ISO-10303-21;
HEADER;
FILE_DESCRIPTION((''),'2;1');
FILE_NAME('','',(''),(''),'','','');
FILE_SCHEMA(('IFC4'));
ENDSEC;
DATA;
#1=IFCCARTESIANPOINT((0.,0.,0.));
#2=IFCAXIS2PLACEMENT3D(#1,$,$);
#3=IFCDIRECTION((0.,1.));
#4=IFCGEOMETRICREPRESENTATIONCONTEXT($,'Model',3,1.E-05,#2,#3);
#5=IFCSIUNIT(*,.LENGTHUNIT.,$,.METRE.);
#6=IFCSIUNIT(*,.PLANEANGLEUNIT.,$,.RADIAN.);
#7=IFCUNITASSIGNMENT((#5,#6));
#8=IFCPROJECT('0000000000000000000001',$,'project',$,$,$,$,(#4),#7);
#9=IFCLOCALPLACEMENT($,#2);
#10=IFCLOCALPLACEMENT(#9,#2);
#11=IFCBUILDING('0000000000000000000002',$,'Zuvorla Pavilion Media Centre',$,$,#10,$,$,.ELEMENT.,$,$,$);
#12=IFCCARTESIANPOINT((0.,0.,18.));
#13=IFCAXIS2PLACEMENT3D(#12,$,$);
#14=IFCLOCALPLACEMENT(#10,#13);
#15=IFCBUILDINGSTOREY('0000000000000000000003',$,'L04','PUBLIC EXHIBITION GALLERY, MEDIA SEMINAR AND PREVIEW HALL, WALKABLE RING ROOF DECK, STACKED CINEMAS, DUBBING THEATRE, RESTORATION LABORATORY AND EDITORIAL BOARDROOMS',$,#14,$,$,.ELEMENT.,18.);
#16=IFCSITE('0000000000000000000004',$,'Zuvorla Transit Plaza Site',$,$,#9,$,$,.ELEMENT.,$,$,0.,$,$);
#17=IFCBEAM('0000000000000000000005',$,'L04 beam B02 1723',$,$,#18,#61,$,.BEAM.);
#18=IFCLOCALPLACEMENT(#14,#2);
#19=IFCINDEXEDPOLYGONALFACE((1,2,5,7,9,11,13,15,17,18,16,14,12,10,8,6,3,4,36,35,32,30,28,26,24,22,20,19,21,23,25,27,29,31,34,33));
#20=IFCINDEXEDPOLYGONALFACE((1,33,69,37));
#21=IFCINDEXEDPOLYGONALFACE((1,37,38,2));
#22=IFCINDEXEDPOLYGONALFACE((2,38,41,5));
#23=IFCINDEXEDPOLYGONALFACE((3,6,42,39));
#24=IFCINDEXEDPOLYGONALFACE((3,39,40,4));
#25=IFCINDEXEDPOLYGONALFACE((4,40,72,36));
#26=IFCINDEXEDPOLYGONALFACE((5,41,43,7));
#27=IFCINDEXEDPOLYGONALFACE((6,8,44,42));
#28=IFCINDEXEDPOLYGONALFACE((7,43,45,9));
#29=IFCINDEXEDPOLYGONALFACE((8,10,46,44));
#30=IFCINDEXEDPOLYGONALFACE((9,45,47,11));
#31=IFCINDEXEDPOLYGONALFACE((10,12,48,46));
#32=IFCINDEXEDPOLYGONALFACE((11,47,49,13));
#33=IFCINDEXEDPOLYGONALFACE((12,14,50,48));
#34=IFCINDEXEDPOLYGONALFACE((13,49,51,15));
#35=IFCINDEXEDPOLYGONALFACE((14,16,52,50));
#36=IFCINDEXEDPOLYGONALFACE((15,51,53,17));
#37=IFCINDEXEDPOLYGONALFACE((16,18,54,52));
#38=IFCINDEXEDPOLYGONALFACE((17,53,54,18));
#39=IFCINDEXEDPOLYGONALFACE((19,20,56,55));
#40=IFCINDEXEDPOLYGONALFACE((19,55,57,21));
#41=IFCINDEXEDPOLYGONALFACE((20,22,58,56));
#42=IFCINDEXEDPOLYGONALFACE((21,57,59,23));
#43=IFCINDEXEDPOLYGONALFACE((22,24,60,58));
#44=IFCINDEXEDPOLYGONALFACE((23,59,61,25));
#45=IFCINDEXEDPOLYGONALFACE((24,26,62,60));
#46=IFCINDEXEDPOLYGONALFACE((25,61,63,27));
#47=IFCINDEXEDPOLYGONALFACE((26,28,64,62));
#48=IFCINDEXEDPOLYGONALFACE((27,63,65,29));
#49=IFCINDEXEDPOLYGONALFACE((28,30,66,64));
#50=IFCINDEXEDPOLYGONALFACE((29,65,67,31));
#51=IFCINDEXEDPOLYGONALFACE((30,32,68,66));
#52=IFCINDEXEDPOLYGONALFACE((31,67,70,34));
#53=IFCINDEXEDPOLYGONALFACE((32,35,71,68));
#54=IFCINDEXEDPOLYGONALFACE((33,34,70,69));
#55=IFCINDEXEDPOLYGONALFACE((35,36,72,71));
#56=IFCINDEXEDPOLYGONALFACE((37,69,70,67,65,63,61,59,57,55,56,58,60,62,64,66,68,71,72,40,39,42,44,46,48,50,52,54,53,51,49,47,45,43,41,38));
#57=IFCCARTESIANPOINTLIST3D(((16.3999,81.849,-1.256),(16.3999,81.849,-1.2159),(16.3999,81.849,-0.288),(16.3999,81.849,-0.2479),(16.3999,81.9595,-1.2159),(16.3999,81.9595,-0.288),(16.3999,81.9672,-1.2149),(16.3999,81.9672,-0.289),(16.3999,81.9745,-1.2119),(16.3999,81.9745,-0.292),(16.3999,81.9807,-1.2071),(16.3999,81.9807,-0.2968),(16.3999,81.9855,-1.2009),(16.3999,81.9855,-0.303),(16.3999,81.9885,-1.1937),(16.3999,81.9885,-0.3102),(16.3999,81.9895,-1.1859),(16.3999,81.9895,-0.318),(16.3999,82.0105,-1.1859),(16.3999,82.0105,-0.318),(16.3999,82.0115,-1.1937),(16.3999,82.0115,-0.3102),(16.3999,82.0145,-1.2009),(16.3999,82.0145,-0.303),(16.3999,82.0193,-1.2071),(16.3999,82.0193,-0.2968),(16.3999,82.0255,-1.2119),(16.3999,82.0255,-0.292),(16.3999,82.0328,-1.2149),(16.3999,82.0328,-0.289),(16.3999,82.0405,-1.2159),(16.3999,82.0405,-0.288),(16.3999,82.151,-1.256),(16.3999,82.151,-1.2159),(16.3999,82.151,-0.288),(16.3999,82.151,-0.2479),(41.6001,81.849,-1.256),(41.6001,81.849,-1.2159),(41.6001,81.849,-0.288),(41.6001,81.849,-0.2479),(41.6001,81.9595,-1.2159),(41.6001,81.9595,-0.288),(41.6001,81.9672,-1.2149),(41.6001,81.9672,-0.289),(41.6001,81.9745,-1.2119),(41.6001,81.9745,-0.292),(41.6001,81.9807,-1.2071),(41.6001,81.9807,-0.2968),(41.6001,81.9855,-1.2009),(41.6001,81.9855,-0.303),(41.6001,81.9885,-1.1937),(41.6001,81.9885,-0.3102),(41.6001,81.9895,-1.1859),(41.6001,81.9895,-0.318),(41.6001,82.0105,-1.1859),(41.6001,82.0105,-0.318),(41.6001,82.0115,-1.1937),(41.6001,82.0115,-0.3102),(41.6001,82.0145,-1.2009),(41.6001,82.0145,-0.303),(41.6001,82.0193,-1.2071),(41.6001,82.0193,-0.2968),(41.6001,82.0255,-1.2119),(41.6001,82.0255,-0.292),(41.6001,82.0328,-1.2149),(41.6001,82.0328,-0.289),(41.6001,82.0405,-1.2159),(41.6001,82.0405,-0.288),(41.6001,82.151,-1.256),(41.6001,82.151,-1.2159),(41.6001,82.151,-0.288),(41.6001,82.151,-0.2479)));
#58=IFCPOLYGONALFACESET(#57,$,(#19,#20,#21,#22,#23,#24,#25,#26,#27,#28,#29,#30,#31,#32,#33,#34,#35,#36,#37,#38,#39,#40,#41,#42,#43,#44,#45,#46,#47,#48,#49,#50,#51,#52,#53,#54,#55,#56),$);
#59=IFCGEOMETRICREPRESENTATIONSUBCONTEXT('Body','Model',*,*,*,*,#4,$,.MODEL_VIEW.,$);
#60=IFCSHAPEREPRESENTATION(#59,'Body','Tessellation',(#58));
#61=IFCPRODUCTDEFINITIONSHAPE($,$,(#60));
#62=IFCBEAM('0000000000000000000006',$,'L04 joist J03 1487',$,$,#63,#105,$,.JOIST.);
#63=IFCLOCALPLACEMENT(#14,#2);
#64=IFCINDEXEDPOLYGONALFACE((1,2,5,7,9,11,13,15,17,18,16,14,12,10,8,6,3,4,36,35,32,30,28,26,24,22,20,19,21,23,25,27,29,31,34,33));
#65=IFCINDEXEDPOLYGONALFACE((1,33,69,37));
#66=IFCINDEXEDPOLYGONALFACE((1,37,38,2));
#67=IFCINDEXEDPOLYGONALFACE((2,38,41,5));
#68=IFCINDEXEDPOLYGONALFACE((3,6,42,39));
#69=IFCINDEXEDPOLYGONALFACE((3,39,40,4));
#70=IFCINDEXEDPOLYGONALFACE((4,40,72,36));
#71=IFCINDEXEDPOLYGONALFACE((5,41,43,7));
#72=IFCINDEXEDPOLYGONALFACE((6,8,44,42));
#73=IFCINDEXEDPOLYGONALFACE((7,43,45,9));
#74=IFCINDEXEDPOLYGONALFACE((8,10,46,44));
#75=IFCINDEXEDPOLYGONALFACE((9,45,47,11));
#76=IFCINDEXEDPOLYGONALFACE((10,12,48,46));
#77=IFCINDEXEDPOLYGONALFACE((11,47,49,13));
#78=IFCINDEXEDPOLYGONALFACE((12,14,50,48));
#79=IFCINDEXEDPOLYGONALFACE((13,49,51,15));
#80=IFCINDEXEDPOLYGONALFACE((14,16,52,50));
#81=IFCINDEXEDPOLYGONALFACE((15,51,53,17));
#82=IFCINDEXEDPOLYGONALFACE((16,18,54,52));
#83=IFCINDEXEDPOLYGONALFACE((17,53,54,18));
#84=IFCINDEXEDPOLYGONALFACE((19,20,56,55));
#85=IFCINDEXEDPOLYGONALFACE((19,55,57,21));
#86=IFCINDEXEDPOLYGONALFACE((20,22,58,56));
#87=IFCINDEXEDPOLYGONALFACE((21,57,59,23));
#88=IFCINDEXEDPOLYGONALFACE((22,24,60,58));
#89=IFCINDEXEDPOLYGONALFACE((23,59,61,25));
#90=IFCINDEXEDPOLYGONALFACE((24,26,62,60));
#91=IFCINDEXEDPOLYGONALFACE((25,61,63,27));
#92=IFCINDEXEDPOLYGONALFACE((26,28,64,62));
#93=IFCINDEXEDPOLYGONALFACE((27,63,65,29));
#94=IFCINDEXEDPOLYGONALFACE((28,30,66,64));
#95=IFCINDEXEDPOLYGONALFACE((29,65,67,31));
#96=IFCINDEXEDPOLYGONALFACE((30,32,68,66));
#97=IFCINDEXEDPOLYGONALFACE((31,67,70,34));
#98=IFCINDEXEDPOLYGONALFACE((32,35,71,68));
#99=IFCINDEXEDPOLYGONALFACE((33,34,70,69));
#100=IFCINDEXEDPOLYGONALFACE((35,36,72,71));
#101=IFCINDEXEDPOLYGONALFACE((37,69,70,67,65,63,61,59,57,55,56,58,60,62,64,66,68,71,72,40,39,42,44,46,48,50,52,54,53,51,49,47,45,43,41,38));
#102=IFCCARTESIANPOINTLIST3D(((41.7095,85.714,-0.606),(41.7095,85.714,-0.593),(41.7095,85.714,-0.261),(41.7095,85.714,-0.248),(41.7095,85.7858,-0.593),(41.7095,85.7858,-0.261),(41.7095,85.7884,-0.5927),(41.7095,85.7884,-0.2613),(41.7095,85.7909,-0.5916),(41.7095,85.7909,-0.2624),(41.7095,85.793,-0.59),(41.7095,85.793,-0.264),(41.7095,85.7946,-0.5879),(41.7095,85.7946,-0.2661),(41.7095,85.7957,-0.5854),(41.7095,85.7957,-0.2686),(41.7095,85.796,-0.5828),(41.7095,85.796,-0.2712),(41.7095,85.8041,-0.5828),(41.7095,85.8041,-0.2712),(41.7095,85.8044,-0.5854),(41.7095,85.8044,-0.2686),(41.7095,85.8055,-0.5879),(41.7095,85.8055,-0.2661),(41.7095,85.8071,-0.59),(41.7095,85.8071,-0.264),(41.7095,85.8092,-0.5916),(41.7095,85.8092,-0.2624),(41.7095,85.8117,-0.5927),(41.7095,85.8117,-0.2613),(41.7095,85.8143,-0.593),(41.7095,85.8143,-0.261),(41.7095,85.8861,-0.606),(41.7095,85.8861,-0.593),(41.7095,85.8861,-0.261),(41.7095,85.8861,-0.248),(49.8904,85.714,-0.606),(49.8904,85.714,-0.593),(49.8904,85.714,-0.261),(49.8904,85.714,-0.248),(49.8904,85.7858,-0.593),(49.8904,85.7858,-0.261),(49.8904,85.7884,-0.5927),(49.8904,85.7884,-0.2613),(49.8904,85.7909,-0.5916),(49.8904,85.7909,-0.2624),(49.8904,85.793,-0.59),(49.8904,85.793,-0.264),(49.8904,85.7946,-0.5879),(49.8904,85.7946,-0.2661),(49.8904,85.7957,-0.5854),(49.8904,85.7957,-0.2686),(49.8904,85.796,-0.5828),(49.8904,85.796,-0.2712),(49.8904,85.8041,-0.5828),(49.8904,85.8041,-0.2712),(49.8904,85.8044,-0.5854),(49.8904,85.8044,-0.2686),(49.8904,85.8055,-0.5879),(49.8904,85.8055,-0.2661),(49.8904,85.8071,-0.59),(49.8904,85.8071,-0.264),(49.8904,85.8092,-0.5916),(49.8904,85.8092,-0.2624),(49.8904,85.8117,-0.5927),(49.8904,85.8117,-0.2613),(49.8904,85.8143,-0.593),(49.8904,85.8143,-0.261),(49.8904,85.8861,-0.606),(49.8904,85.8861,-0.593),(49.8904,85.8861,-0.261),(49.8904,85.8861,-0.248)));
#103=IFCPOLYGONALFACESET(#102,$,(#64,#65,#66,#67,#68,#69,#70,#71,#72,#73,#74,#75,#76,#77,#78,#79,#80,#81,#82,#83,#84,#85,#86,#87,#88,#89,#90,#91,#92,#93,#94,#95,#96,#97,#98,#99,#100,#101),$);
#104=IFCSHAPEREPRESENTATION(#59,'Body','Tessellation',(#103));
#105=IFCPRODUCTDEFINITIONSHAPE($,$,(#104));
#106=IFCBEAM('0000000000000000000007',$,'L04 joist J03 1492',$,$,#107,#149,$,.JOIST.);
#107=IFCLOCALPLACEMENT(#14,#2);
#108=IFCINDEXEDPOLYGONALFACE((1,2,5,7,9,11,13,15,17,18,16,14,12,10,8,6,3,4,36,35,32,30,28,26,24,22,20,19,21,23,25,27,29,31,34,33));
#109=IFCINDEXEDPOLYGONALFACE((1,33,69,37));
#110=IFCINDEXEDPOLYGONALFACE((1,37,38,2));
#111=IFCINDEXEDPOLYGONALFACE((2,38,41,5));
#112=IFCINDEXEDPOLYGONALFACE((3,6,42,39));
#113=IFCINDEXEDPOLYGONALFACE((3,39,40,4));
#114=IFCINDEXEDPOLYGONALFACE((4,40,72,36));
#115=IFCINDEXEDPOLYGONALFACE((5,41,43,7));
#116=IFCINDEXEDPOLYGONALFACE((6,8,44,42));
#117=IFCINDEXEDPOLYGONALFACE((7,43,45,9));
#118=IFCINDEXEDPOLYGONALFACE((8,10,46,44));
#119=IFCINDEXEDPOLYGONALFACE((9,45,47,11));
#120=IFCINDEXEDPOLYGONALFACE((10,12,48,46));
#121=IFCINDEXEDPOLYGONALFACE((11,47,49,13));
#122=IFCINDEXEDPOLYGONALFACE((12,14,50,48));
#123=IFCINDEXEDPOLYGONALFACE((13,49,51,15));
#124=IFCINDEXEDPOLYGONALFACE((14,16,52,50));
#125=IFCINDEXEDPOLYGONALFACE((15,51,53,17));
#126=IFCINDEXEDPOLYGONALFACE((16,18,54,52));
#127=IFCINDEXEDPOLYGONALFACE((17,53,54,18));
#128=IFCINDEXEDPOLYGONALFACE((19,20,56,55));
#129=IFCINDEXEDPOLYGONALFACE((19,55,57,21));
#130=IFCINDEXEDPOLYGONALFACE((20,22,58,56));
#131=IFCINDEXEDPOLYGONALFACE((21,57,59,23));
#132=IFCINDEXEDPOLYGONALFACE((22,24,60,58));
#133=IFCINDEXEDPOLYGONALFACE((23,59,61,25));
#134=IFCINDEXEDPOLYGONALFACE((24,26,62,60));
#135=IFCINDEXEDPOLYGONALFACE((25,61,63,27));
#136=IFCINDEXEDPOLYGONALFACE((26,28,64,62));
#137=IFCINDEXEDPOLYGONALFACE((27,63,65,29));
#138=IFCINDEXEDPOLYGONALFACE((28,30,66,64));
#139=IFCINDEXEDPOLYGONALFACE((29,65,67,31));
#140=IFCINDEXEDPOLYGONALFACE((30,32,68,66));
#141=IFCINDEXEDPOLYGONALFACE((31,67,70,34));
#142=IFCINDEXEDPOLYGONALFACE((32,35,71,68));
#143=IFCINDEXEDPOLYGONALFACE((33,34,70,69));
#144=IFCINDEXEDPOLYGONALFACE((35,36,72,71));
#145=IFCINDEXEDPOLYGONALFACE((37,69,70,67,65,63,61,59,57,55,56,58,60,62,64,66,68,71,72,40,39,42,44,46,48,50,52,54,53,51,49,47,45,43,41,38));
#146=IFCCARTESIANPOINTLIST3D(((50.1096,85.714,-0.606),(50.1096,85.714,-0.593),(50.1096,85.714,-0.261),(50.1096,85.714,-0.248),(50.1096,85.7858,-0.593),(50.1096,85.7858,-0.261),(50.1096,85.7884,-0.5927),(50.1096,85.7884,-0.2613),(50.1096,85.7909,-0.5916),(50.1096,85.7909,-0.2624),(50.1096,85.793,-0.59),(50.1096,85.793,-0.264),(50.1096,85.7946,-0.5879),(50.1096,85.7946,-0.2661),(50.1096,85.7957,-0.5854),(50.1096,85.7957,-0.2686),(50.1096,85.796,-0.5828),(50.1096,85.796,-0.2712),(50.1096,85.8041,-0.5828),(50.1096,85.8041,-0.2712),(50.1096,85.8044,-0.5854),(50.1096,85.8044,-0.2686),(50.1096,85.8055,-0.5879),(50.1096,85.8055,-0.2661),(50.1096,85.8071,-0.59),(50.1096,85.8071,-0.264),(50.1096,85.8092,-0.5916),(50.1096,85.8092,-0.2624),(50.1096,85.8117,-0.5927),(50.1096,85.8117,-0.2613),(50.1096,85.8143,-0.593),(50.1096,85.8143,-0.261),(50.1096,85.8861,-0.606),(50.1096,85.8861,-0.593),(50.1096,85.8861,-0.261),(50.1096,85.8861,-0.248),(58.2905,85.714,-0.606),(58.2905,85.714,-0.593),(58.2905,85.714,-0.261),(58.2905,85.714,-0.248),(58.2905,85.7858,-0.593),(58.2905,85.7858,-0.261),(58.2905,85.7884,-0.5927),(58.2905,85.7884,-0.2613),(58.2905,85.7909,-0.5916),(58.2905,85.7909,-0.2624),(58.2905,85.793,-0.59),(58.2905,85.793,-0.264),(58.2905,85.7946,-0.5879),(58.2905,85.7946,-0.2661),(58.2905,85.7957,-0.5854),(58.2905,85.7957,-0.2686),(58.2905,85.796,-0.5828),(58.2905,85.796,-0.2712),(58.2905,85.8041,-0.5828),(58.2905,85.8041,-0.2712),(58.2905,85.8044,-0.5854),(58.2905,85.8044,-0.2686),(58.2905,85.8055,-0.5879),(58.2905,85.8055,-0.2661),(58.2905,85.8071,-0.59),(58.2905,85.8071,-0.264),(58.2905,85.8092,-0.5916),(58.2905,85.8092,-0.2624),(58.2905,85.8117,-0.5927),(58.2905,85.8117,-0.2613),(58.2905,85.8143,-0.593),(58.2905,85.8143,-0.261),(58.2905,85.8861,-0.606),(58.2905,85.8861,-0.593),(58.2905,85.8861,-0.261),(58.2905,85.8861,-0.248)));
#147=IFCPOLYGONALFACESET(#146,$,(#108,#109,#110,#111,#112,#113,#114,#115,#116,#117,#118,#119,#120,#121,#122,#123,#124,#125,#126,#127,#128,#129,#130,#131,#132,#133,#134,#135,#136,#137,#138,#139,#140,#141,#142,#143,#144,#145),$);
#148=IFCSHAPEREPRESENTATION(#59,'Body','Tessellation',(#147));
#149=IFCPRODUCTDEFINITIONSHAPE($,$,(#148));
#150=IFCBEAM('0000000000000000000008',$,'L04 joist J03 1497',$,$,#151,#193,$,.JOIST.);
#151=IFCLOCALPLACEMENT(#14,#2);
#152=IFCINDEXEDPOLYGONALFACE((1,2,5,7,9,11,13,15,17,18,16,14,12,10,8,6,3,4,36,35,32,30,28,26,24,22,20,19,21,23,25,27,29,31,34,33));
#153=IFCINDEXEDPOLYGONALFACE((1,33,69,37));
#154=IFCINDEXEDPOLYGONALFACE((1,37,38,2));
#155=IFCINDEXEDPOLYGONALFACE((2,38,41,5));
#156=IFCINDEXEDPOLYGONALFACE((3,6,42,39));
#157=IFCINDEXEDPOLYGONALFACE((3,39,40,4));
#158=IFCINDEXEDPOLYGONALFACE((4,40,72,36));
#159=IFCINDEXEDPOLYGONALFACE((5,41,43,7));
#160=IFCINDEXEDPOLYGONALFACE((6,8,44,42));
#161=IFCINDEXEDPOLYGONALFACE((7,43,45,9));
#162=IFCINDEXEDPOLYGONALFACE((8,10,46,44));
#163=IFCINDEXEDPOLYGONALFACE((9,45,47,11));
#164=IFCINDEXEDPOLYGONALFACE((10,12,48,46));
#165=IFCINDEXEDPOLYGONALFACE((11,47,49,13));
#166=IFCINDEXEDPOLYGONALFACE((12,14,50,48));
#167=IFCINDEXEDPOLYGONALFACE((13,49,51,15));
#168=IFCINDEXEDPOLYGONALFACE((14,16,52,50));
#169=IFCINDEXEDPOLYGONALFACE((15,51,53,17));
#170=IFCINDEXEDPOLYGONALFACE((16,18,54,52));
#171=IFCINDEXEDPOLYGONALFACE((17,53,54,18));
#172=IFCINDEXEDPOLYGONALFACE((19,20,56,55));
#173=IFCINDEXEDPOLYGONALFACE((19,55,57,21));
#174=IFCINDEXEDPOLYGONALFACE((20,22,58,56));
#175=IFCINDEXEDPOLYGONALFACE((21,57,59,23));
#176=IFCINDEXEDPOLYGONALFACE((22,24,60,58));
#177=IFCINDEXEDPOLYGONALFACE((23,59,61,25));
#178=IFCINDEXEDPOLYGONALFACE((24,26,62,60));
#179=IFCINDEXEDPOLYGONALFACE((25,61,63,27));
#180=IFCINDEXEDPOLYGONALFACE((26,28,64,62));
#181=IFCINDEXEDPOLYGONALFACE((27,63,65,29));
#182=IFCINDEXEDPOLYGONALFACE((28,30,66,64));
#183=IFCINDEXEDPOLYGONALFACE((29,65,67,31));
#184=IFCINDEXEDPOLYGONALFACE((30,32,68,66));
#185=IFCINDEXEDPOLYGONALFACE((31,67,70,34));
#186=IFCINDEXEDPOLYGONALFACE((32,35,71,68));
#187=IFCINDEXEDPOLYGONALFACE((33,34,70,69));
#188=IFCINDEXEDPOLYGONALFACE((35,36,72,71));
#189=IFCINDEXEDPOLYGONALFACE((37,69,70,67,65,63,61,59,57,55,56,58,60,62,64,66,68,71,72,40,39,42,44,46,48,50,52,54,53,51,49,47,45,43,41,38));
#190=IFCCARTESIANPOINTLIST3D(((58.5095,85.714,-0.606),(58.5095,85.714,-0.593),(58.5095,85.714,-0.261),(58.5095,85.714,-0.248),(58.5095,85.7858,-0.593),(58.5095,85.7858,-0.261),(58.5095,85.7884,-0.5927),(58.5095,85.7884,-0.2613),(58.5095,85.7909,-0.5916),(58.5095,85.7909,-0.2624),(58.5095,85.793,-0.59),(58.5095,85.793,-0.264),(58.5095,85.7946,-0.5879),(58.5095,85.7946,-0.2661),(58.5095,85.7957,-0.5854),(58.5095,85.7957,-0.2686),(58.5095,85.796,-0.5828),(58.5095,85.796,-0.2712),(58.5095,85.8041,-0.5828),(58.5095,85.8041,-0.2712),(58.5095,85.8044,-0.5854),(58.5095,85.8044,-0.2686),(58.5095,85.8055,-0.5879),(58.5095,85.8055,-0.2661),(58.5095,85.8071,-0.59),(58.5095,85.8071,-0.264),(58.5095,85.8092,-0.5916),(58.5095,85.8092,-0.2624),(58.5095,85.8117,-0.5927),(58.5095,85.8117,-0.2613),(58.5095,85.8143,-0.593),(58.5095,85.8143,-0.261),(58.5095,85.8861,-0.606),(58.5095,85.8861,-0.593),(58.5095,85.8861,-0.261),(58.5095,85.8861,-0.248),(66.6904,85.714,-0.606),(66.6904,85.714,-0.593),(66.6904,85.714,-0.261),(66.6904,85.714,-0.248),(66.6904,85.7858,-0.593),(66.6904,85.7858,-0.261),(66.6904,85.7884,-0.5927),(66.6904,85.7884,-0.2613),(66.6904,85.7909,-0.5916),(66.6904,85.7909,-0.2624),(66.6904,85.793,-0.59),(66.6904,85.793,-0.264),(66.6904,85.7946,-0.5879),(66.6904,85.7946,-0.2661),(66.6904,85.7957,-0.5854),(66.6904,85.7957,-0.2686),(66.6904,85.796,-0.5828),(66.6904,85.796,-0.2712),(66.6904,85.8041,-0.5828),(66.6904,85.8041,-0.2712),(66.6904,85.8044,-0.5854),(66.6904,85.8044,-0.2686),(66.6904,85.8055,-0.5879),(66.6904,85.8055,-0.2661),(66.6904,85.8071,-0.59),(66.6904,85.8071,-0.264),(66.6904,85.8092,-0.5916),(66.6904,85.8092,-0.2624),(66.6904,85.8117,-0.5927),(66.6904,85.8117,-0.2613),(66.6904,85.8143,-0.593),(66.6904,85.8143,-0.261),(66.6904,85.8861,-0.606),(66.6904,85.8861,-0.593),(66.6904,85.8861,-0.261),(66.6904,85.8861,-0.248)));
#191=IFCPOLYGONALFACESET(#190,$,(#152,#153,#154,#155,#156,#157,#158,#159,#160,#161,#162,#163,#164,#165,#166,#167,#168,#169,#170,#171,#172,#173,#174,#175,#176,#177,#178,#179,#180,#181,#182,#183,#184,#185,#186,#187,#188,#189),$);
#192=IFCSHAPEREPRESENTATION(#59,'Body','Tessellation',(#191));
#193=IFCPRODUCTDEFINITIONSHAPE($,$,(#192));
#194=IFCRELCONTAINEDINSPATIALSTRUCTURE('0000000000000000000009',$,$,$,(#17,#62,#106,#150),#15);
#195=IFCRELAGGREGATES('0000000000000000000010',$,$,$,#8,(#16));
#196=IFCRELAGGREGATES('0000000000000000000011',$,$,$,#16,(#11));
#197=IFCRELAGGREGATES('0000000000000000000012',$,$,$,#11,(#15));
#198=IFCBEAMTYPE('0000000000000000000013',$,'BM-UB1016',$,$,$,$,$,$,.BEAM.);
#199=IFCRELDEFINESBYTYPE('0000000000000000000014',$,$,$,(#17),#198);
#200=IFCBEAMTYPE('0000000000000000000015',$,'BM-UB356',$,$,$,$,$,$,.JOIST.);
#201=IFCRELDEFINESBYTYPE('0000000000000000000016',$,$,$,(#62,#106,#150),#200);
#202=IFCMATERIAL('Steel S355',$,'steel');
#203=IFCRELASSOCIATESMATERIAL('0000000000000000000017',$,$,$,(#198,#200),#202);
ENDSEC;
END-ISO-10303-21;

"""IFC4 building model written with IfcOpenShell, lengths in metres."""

from ifc_helpers import new_model, si_unit, direction, frame, origin, origin_2d, place, context, subcontext, project, spatial, i_section, extrude, material, material_profile, profile_set, type_object, element, save


model = new_model("IFC4")

# Units and contexts
model_context = context("Model", 3, precision=1e-05, world=origin(), true_north=direction((0.0, 1.0)))
body_context = subcontext(model_context, "Body", "Model", "MODEL_VIEW")
ifc_project = project(units=[si_unit("LENGTHUNIT", "METRE"), si_unit("PLANEANGLEUNIT", "RADIAN")], contexts=[model_context])

# Site, building, storey
site_placement = place(None, origin())
site = spatial("IfcSite", under=ifc_project, at=site_placement, Name="Zuvorla Transit Plaza Site", CompositionType="ELEMENT", RefElevation=0.0)
building_placement = place(site_placement, origin())
building = spatial("IfcBuilding", under=site, at=building_placement, Name="Zuvorla Pavilion Media Centre", CompositionType="ELEMENT")
storey_placement = place(building_placement, frame((0.0, 0.0, 18.0)))
storey = spatial("IfcBuildingStorey", under=building, at=storey_placement, Name="L04", Description="PUBLIC EXHIBITION GALLERY, MEDIA SEMINAR AND PREVIEW HALL, WALKABLE RING ROOF DECK, STACKED CINEMAS, DUBBING THEATRE, RESTORATION LABORATORY AND EDITORIAL BOARDROOMS", CompositionType="ELEMENT", Elevation=18.0)

# Beams
ifc_material = material(Name="Steel S355", Category="steel")
ifc_material_profile_1 = material_profile(ifc_material, i_section(OverallWidth=0.302, OverallDepth=1.0081, WebThickness=0.021, FlangeThickness=0.04, FilletRadius=0.03, at=origin_2d()), Name="UB 1016x305x349")
ifc_profile_set_1 = profile_set([ifc_material_profile_1], Name="Steel S355")
beam_type_1 = type_object("IfcBeamType", Name="BM-UB1016", PredefinedType="BEAM", material=ifc_profile_set_1)
for number, where, z_axis, x_axis, name in (
    (1, (41.6001, 82.0, -0.752), (-1.0, 0.0, 0.0), (0.0, -1.0, 0.0), "L04 beam B02 1723"),
):
    element("IfcBeam", number, at=place(storey_placement, frame(where, z_axis=z_axis, x_axis=x_axis)), inside=storey, type_object=beam_type_1, Name=name, PredefinedType="BEAM", context=body_context, shape_type="SweptSolid", body=[
        extrude(i_section(OverallWidth=0.302, OverallDepth=1.0081, WebThickness=0.021, FlangeThickness=0.04, FilletRadius=0.03, at=origin_2d()), origin(), (0.0, 0.0, 1.0), 25.2002),
    ])
ifc_material_profile_2 = material_profile(ifc_material, i_section(OverallWidth=0.1721, OverallDepth=0.3579, WebThickness=0.0081, FlangeThickness=0.0129, FilletRadius=0.0103, at=origin_2d()), Name="UB 356x171x57")
ifc_profile_set_2 = profile_set([ifc_material_profile_2], Name="Steel S355")
beam_type_2 = type_object("IfcBeamType", Name="BM-UB356", PredefinedType="JOIST", material=ifc_profile_set_2)
for number, where, z_axis, x_axis, name in (
    (2, (41.7095, 85.8, -0.427), (1.0, 0.0, 0.0), (0.0, 1.0, 0.0), "L04 joist J03 1487"),
    (3, (50.1096, 85.8, -0.427), (1.0, 0.0, 0.0), (0.0, 1.0, 0.0), "L04 joist J03 1492"),
    (4, (58.5095, 85.8, -0.427), (1.0, 0.0, 0.0), (0.0, 1.0, 0.0), "L04 joist J03 1497"),
):
    element("IfcBeam", number, at=place(storey_placement, frame(where, z_axis=z_axis, x_axis=x_axis)), inside=storey, type_object=beam_type_2, Name=name, PredefinedType="JOIST", context=body_context, shape_type="SweptSolid", body=[
        extrude(i_section(OverallWidth=0.1721, OverallDepth=0.3579, WebThickness=0.0081, FlangeThickness=0.0129, FilletRadius=0.0103, at=origin_2d()), origin(), (0.0, 0.0, 1.0), 8.1809),
    ])

save(model, "model.ifc")
